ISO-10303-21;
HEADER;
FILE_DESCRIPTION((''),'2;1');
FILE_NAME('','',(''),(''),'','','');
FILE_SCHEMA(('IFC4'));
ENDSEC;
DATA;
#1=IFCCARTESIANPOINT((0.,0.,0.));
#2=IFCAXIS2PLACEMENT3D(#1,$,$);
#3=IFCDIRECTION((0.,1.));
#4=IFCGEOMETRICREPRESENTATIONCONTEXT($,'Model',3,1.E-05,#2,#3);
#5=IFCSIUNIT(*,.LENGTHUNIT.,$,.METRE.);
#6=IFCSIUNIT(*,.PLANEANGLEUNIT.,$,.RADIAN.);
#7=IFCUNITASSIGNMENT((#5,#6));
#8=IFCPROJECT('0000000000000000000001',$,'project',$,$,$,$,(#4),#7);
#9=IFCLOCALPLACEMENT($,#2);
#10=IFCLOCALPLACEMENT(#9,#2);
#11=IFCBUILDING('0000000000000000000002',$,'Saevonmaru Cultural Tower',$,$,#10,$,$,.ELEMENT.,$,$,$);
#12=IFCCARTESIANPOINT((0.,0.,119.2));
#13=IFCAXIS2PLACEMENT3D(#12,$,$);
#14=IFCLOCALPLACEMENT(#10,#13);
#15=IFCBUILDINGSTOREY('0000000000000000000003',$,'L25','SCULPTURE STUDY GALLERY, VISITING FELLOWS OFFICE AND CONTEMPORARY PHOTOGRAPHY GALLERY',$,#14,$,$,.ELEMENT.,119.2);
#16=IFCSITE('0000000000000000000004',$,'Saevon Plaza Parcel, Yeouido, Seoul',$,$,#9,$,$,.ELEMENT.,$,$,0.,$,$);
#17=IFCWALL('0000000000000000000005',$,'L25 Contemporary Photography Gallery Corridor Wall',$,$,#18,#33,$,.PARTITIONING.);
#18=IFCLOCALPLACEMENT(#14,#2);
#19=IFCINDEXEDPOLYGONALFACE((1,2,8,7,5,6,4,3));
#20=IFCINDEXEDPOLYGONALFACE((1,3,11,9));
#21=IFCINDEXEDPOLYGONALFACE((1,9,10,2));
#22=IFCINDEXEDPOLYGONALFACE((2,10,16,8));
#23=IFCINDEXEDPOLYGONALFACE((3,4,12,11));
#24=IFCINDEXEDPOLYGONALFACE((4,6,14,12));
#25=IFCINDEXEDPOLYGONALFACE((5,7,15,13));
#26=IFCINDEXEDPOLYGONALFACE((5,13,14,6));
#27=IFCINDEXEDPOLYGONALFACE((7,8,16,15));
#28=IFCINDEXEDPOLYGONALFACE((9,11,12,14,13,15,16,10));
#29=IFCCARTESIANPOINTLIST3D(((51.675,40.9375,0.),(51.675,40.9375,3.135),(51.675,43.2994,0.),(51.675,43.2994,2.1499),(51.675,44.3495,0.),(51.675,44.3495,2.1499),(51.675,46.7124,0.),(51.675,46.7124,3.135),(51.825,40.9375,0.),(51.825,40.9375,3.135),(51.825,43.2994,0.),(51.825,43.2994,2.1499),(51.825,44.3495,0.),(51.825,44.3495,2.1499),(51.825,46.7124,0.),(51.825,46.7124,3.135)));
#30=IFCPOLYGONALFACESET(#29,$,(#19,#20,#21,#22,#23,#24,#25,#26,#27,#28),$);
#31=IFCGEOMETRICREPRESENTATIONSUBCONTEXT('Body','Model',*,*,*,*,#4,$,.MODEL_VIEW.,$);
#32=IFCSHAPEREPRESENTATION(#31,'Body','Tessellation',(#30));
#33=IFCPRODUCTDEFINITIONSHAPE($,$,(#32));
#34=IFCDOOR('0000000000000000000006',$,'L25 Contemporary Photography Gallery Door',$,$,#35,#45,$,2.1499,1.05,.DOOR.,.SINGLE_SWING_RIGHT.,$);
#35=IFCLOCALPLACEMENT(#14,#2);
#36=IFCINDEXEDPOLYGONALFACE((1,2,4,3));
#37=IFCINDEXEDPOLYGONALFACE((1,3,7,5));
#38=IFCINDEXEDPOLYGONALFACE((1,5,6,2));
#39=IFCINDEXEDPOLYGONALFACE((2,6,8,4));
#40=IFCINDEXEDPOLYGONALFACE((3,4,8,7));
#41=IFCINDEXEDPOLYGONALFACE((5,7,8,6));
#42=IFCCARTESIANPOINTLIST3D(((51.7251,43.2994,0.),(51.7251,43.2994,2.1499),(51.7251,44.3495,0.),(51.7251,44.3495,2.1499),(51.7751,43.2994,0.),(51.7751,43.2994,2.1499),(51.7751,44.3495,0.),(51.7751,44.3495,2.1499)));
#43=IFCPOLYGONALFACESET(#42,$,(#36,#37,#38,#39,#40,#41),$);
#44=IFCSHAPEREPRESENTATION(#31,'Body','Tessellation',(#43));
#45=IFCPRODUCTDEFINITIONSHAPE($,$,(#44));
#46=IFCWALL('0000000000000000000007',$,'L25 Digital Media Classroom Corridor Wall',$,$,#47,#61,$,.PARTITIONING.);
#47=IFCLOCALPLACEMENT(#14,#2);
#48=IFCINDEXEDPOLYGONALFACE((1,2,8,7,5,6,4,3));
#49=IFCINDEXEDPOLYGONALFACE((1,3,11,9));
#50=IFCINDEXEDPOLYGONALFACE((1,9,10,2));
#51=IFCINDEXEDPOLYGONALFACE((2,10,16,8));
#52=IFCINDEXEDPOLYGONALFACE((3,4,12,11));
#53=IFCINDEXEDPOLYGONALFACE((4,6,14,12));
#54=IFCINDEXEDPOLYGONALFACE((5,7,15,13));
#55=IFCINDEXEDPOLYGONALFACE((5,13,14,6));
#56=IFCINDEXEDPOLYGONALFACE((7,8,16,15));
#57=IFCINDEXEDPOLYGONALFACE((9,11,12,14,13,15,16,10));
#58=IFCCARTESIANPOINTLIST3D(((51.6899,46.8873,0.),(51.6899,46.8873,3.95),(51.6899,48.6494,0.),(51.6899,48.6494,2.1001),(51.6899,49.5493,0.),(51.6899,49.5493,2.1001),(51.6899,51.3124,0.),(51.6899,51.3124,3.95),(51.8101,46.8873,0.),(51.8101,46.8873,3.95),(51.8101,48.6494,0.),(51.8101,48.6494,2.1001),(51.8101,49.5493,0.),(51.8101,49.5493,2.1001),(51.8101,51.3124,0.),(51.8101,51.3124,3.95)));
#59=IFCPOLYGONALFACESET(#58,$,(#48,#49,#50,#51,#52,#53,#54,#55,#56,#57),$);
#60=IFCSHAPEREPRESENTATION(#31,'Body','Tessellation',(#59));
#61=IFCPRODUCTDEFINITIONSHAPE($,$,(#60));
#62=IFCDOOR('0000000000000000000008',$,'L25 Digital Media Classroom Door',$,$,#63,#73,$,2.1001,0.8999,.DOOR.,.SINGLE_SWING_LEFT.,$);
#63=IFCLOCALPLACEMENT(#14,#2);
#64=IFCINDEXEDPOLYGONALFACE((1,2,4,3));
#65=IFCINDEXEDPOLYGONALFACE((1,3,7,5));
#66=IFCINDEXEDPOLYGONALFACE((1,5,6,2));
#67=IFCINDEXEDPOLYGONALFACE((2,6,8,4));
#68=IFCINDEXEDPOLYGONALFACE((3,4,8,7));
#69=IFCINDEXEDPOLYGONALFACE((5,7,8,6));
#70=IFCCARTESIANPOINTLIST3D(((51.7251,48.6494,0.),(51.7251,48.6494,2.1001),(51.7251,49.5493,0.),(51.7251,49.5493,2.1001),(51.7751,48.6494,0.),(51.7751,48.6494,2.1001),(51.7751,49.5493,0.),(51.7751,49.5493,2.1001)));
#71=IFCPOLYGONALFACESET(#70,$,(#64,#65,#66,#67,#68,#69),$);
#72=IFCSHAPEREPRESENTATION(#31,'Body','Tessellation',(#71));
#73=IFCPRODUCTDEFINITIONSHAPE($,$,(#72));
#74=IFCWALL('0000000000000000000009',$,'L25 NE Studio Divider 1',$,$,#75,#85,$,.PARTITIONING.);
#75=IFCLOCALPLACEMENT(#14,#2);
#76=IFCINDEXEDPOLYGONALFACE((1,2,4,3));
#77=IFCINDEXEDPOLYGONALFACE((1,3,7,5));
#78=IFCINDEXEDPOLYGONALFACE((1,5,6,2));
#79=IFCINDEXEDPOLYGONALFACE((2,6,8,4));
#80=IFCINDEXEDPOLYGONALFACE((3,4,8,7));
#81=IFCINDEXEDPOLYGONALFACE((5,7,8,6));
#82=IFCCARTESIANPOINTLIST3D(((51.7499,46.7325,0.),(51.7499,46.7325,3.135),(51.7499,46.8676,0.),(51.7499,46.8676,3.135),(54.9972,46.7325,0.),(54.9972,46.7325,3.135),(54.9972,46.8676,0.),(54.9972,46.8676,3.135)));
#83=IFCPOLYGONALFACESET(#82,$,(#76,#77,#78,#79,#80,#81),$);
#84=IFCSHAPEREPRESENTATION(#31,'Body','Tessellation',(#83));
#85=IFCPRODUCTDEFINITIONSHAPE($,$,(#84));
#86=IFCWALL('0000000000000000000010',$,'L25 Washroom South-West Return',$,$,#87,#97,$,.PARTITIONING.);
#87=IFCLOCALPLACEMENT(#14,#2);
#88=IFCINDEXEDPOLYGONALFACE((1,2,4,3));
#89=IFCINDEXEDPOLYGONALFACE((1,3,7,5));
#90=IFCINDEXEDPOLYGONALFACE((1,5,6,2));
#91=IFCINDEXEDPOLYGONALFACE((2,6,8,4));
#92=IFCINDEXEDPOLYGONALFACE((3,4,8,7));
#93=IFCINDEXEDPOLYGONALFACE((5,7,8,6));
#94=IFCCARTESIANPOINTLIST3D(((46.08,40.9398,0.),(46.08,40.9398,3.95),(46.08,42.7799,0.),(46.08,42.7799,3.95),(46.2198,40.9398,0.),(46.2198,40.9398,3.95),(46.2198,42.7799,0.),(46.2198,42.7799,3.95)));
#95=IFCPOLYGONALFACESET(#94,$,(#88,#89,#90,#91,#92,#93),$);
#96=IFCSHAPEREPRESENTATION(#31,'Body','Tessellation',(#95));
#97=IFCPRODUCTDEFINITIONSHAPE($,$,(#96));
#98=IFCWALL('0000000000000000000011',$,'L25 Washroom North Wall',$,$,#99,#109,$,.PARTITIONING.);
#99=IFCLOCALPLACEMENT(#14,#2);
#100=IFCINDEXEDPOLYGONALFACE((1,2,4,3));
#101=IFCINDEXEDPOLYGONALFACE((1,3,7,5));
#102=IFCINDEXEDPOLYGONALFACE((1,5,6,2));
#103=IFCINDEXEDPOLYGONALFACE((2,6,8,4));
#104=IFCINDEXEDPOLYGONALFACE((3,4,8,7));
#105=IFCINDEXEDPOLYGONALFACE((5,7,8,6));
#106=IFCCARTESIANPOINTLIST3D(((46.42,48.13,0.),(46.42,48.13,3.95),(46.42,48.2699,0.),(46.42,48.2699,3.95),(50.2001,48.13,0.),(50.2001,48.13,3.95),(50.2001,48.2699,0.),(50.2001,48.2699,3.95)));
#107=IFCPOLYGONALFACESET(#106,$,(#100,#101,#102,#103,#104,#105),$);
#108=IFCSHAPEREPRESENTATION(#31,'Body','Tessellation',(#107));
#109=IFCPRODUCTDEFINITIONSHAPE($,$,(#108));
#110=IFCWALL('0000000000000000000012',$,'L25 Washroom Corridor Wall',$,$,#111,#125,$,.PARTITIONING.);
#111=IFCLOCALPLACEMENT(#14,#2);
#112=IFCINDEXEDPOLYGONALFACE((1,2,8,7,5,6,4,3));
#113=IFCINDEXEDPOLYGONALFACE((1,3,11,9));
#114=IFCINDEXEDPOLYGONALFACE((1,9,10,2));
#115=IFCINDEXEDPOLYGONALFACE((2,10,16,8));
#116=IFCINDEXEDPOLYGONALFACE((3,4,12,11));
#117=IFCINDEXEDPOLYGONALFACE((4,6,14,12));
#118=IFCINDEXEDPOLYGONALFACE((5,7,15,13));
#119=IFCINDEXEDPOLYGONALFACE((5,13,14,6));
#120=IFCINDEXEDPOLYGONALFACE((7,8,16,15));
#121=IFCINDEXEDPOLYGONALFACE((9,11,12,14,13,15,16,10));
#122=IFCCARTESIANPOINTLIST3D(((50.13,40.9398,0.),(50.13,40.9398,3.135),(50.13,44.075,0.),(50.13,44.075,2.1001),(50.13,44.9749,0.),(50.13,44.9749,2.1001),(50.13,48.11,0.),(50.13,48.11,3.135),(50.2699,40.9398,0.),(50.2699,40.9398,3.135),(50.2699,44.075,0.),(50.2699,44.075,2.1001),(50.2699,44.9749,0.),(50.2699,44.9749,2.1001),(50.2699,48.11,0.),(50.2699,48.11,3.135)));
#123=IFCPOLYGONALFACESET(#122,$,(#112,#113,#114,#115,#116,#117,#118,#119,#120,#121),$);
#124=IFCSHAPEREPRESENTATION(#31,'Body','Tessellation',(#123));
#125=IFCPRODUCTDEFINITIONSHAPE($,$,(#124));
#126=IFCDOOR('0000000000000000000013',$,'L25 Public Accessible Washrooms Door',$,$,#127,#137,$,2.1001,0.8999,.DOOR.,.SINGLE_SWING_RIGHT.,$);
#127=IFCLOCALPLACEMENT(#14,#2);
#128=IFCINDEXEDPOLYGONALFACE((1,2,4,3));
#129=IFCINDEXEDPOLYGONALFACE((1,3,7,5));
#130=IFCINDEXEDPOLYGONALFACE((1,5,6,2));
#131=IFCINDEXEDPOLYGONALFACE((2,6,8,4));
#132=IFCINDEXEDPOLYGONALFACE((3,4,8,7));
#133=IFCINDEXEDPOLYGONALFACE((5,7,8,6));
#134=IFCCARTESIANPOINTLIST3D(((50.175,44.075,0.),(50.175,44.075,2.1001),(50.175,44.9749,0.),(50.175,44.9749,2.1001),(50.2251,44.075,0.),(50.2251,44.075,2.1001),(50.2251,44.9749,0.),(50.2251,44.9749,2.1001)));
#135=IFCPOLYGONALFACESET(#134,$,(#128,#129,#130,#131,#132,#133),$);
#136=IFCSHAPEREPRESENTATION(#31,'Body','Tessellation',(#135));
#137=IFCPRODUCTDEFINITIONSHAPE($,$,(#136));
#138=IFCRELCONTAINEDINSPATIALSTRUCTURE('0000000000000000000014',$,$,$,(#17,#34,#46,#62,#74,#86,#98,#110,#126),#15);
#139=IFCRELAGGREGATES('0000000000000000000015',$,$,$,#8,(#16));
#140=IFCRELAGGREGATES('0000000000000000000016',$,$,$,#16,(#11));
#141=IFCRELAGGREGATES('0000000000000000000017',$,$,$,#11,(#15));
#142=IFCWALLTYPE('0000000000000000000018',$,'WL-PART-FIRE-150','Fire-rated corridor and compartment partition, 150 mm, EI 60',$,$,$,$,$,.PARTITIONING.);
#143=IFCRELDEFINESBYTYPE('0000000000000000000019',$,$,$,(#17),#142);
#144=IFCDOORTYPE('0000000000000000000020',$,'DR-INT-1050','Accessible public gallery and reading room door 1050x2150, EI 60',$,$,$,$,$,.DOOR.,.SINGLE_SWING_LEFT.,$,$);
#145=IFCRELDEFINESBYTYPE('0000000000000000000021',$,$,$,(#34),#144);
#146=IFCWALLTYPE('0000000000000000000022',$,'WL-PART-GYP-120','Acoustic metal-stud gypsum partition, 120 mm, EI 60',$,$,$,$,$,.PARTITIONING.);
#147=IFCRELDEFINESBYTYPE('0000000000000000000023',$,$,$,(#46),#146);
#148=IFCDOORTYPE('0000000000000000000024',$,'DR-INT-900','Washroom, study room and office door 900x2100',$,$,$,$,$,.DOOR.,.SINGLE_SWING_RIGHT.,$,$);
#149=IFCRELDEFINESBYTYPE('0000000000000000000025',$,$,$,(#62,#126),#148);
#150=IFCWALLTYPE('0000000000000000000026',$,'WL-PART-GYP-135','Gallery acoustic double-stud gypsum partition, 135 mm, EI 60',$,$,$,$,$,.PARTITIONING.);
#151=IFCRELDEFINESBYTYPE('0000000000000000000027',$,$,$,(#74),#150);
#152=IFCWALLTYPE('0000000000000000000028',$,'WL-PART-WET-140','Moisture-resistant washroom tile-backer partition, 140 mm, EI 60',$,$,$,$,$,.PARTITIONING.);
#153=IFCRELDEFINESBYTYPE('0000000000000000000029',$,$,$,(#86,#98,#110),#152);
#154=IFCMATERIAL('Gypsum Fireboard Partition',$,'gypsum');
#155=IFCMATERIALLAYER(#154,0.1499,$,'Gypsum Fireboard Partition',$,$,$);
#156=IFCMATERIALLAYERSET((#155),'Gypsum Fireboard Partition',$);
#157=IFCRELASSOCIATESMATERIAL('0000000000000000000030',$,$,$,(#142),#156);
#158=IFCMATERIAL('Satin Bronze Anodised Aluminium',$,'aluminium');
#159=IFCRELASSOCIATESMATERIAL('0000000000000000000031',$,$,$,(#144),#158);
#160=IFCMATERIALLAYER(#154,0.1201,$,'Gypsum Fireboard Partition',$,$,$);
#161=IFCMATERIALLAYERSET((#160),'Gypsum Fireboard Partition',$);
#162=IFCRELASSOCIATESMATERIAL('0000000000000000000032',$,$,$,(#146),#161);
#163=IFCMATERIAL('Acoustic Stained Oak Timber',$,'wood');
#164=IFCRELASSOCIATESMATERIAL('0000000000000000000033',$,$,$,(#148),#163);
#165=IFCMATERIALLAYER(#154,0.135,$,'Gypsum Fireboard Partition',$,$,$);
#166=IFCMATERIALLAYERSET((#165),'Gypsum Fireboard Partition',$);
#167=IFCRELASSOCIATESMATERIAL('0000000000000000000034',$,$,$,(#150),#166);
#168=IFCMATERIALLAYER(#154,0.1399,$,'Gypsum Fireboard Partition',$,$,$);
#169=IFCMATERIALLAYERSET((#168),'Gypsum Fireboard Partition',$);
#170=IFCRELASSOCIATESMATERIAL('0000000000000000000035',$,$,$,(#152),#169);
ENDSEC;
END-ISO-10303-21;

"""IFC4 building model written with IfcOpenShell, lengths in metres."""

from ifc_helpers import new_model, si_unit, direction, frame, frame_2d, origin, place, context, subcontext, project, spatial, rectangle, extrude, material, layer, layer_set, type_object, element, fill, save


model = new_model("IFC4")

# Units and contexts
model_context = context("Model", 3, precision=1e-05, world=origin(), true_north=direction((0.0, 1.0)))
body_context = subcontext(model_context, "Body", "Model", "MODEL_VIEW")
ifc_project = project(units=[si_unit("LENGTHUNIT", "METRE"), si_unit("PLANEANGLEUNIT", "RADIAN")], contexts=[model_context])

# Site, building, storey
site_placement = place(None, origin())
site = spatial("IfcSite", under=ifc_project, at=site_placement, Name="Saevon Plaza Parcel, Yeouido, Seoul", CompositionType="ELEMENT", RefElevation=0.0)
building_placement = place(site_placement, origin())
building = spatial("IfcBuilding", under=site, at=building_placement, Name="Saevonmaru Cultural Tower", CompositionType="ELEMENT")
storey_placement = place(building_placement, frame((0.0, 0.0, 119.2)))
storey = spatial("IfcBuildingStorey", under=building, at=storey_placement, Name="L25", Description="SCULPTURE STUDY GALLERY, VISITING FELLOWS OFFICE AND CONTEMPORARY PHOTOGRAPHY GALLERY", CompositionType="ELEMENT", Elevation=119.2)

# Shared definitions
ifc_material_1 = material(Name="Satin Bronze Anodised Aluminium", Category="aluminium")

# Walls, openings, doors
ifc_material_2 = material(Name="Gypsum Fireboard Partition", Category="gypsum")
ifc_layer_1 = layer(ifc_material_2, 0.1499, Name="Gypsum Fireboard Partition")
ifc_layer_set_1 = layer_set([ifc_layer_1], Name="Gypsum Fireboard Partition")
wall_type_1 = type_object("IfcWallType", Name="WL-PART-FIRE-150", Description="Fire-rated corridor and compartment partition, 150 mm, EI 60", PredefinedType="PARTITIONING", material=ifc_layer_set_1)
wall_1_placement = place(storey_placement, frame((51.75, 40.9375, 0.0), z_axis=(0.0, 0.0, 1.0), x_axis=(0.0, 1.0, 0.0)))
wall_1 = element("IfcWall", 1, at=wall_1_placement, inside=storey, type_object=wall_type_1, Name="L25 Contemporary Photography Gallery Corridor Wall", PredefinedType="PARTITIONING", context=body_context, shape_type="SweptSolid", body=[
    extrude(rectangle(XDim=5.7749, YDim=0.1499, at=frame_2d((2.8875, 0.0))), origin(), (0.0, 0.0, 1.0), 3.135),
])
opening_1_placement = place(wall_1_placement, frame((2.3621, 0.0, 0.0)))
opening_1 = element("IfcOpeningElement", 2, at=opening_1_placement, cuts=wall_1, PredefinedType="OPENING", context=body_context, shape_type="SweptSolid", body=[
    extrude(rectangle(XDim=1.05, YDim=2.1499, at=frame_2d((0.5249, 1.075))), frame((0.0, 0.085, 0.0), z_axis=(0.0, -1.0, 0.0), x_axis=(1.0, 0.0, 0.0)), (0.0, 0.0, 1.0), 0.1699),
])
door_type_1 = type_object("IfcDoorType", Name="DR-INT-1050", Description="Accessible public gallery and reading room door 1050x2150, EI 60", OperationType="SINGLE_SWING_LEFT", PredefinedType="DOOR", material=ifc_material_1)
door_1_placement = place(opening_1_placement, origin())
door_1 = element("IfcDoor", 3, at=door_1_placement, inside=storey, type_object=door_type_1, Name="L25 Contemporary Photography Gallery Door", OperationType="SINGLE_SWING_RIGHT", OverallHeight=2.1499, OverallWidth=1.05, PredefinedType="DOOR", context=body_context, shape_type="SweptSolid", body=[
    extrude(rectangle(XDim=1.05, YDim=2.1499, at=frame_2d((0.5249, 1.075))), frame((0.0, 0.0249, 0.0), z_axis=(0.0, -1.0, 0.0), x_axis=(1.0, 0.0, 0.0)), (0.0, 0.0, 1.0), 0.05),
])
fill(opening_1, door_1)
ifc_layer_2 = layer(ifc_material_2, 0.1201, Name="Gypsum Fireboard Partition")
ifc_layer_set_2 = layer_set([ifc_layer_2], Name="Gypsum Fireboard Partition")
wall_type_2 = type_object("IfcWallType", Name="WL-PART-GYP-120", Description="Acoustic metal-stud gypsum partition, 120 mm, EI 60", PredefinedType="PARTITIONING", material=ifc_layer_set_2)
wall_2_placement = place(storey_placement, frame((51.75, 46.8875, 0.0), z_axis=(0.0, 0.0, 1.0), x_axis=(0.0, 1.0, 0.0)))
wall_2 = element("IfcWall", 4, at=wall_2_placement, inside=storey, type_object=wall_type_2, Name="L25 Digital Media Classroom Corridor Wall", PredefinedType="PARTITIONING", context=body_context, shape_type="SweptSolid", body=[
    extrude(rectangle(XDim=4.425, YDim=0.1201, at=frame_2d((2.2124, 0.0))), origin(), (0.0, 0.0, 1.0), 3.95),
])
opening_2_placement = place(wall_2_placement, frame((1.762, 0.0, 0.0)))
opening_2 = element("IfcOpeningElement", 5, at=opening_2_placement, cuts=wall_2, PredefinedType="OPENING", context=body_context, shape_type="SweptSolid", body=[
    extrude(rectangle(XDim=0.8999, YDim=2.1001, at=frame_2d((0.45, 1.05))), frame((0.0, 0.0701, 0.0), z_axis=(0.0, -1.0, 0.0), x_axis=(1.0, 0.0, 0.0)), (0.0, 0.0, 1.0), 0.1401),
])
ifc_material_3 = material(Name="Acoustic Stained Oak Timber", Category="wood")
door_type_2 = type_object("IfcDoorType", Name="DR-INT-900", Description="Washroom, study room and office door 900x2100", OperationType="SINGLE_SWING_RIGHT", PredefinedType="DOOR", material=ifc_material_3)
door_2_placement = place(opening_2_placement, origin())
door_2 = element("IfcDoor", 6, at=door_2_placement, inside=storey, type_object=door_type_2, Name="L25 Digital Media Classroom Door", OperationType="SINGLE_SWING_LEFT", OverallHeight=2.1001, OverallWidth=0.8999, PredefinedType="DOOR", context=body_context, shape_type="SweptSolid", body=[
    extrude(rectangle(XDim=0.8999, YDim=2.1001, at=frame_2d((0.45, 1.05))), frame((0.0, 0.0249, 0.0), z_axis=(0.0, -1.0, 0.0), x_axis=(1.0, 0.0, 0.0)), (0.0, 0.0, 1.0), 0.05),
])
fill(opening_2, door_2)

# Walls
ifc_layer_3 = layer(ifc_material_2, 0.135, Name="Gypsum Fireboard Partition")
ifc_layer_set_3 = layer_set([ifc_layer_3], Name="Gypsum Fireboard Partition")
wall_type_3 = type_object("IfcWallType", Name="WL-PART-GYP-135", Description="Gallery acoustic double-stud gypsum partition, 135 mm, EI 60", PredefinedType="PARTITIONING", material=ifc_layer_set_3)
wall_3_placement = place(storey_placement, frame((51.75, 46.8, 0.0), z_axis=(0.0, 0.0, 1.0), x_axis=(1.0, 0.0, 0.0)))
element("IfcWall", 7, at=wall_3_placement, inside=storey, type_object=wall_type_3, Name="L25 NE Studio Divider 1", PredefinedType="PARTITIONING", context=body_context, shape_type="SweptSolid", body=[
    extrude(rectangle(XDim=3.2473, YDim=0.135, at=frame_2d((1.6235, 0.0))), origin(), (0.0, 0.0, 1.0), 3.135),
])
ifc_layer_4 = layer(ifc_material_2, 0.1399, Name="Gypsum Fireboard Partition")
ifc_layer_set_4 = layer_set([ifc_layer_4], Name="Gypsum Fireboard Partition")
wall_type_4 = type_object("IfcWallType", Name="WL-PART-WET-140", Description="Moisture-resistant washroom tile-backer partition, 140 mm, EI 60", PredefinedType="PARTITIONING", material=ifc_layer_set_4)
wall_4_placement = place(storey_placement, frame((46.1499, 40.9399, 0.0), z_axis=(0.0, 0.0, 1.0), x_axis=(0.0, 1.0, 0.0)))
element("IfcWall", 8, at=wall_4_placement, inside=storey, type_object=wall_type_4, Name="L25 Washroom South-West Return", PredefinedType="PARTITIONING", context=body_context, shape_type="SweptSolid", body=[
    extrude(rectangle(XDim=1.8401, YDim=0.1399, at=frame_2d((0.9199, 0.0))), origin(), (0.0, 0.0, 1.0), 3.95),
])
wall_5_placement = place(storey_placement, frame((46.4199, 48.2, 0.0), z_axis=(0.0, 0.0, 1.0), x_axis=(1.0, 0.0, 0.0)))
element("IfcWall", 9, at=wall_5_placement, inside=storey, type_object=wall_type_4, Name="L25 Washroom North Wall", PredefinedType="PARTITIONING", context=body_context, shape_type="SweptSolid", body=[
    extrude(rectangle(XDim=3.78, YDim=0.1399, at=frame_2d((1.8901, 0.0))), origin(), (0.0, 0.0, 1.0), 3.95),
])

# Wall, opening, door
wall_6_placement = place(storey_placement, frame((50.2, 40.9399, 0.0), z_axis=(0.0, 0.0, 1.0), x_axis=(0.0, 1.0, 0.0)))
wall_6 = element("IfcWall", 10, at=wall_6_placement, inside=storey, type_object=wall_type_4, Name="L25 Washroom Corridor Wall", PredefinedType="PARTITIONING", context=body_context, shape_type="SweptSolid", body=[
    extrude(rectangle(XDim=7.1702, YDim=0.1399, at=frame_2d((3.585, 0.0))), origin(), (0.0, 0.0, 1.0), 3.135),
])
opening_3_placement = place(wall_6_placement, frame((3.135, 0.0, 0.0)))
opening_3 = element("IfcOpeningElement", 11, at=opening_3_placement, cuts=wall_6, PredefinedType="OPENING", context=body_context, shape_type="SweptSolid", body=[
    extrude(rectangle(XDim=0.8999, YDim=2.1001, at=frame_2d((0.45, 1.05))), frame((0.0, 0.0801, 0.0), z_axis=(0.0, -1.0, 0.0), x_axis=(1.0, 0.0, 0.0)), (0.0, 0.0, 1.0), 0.1599),
])
door_3_placement = place(opening_3_placement, origin())
door_3 = element("IfcDoor", 12, at=door_3_placement, inside=storey, type_object=door_type_2, Name="L25 Public Accessible Washrooms Door", OperationType="SINGLE_SWING_RIGHT", OverallHeight=2.1001, OverallWidth=0.8999, PredefinedType="DOOR", context=body_context, shape_type="SweptSolid", body=[
    extrude(rectangle(XDim=0.8999, YDim=2.1001, at=frame_2d((0.45, 1.05))), frame((0.0, 0.0249, 0.0), z_axis=(0.0, -1.0, 0.0), x_axis=(1.0, 0.0, 0.0)), (0.0, 0.0, 1.0), 0.05),
])
fill(opening_3, door_3)

save(model, "model.ifc")
